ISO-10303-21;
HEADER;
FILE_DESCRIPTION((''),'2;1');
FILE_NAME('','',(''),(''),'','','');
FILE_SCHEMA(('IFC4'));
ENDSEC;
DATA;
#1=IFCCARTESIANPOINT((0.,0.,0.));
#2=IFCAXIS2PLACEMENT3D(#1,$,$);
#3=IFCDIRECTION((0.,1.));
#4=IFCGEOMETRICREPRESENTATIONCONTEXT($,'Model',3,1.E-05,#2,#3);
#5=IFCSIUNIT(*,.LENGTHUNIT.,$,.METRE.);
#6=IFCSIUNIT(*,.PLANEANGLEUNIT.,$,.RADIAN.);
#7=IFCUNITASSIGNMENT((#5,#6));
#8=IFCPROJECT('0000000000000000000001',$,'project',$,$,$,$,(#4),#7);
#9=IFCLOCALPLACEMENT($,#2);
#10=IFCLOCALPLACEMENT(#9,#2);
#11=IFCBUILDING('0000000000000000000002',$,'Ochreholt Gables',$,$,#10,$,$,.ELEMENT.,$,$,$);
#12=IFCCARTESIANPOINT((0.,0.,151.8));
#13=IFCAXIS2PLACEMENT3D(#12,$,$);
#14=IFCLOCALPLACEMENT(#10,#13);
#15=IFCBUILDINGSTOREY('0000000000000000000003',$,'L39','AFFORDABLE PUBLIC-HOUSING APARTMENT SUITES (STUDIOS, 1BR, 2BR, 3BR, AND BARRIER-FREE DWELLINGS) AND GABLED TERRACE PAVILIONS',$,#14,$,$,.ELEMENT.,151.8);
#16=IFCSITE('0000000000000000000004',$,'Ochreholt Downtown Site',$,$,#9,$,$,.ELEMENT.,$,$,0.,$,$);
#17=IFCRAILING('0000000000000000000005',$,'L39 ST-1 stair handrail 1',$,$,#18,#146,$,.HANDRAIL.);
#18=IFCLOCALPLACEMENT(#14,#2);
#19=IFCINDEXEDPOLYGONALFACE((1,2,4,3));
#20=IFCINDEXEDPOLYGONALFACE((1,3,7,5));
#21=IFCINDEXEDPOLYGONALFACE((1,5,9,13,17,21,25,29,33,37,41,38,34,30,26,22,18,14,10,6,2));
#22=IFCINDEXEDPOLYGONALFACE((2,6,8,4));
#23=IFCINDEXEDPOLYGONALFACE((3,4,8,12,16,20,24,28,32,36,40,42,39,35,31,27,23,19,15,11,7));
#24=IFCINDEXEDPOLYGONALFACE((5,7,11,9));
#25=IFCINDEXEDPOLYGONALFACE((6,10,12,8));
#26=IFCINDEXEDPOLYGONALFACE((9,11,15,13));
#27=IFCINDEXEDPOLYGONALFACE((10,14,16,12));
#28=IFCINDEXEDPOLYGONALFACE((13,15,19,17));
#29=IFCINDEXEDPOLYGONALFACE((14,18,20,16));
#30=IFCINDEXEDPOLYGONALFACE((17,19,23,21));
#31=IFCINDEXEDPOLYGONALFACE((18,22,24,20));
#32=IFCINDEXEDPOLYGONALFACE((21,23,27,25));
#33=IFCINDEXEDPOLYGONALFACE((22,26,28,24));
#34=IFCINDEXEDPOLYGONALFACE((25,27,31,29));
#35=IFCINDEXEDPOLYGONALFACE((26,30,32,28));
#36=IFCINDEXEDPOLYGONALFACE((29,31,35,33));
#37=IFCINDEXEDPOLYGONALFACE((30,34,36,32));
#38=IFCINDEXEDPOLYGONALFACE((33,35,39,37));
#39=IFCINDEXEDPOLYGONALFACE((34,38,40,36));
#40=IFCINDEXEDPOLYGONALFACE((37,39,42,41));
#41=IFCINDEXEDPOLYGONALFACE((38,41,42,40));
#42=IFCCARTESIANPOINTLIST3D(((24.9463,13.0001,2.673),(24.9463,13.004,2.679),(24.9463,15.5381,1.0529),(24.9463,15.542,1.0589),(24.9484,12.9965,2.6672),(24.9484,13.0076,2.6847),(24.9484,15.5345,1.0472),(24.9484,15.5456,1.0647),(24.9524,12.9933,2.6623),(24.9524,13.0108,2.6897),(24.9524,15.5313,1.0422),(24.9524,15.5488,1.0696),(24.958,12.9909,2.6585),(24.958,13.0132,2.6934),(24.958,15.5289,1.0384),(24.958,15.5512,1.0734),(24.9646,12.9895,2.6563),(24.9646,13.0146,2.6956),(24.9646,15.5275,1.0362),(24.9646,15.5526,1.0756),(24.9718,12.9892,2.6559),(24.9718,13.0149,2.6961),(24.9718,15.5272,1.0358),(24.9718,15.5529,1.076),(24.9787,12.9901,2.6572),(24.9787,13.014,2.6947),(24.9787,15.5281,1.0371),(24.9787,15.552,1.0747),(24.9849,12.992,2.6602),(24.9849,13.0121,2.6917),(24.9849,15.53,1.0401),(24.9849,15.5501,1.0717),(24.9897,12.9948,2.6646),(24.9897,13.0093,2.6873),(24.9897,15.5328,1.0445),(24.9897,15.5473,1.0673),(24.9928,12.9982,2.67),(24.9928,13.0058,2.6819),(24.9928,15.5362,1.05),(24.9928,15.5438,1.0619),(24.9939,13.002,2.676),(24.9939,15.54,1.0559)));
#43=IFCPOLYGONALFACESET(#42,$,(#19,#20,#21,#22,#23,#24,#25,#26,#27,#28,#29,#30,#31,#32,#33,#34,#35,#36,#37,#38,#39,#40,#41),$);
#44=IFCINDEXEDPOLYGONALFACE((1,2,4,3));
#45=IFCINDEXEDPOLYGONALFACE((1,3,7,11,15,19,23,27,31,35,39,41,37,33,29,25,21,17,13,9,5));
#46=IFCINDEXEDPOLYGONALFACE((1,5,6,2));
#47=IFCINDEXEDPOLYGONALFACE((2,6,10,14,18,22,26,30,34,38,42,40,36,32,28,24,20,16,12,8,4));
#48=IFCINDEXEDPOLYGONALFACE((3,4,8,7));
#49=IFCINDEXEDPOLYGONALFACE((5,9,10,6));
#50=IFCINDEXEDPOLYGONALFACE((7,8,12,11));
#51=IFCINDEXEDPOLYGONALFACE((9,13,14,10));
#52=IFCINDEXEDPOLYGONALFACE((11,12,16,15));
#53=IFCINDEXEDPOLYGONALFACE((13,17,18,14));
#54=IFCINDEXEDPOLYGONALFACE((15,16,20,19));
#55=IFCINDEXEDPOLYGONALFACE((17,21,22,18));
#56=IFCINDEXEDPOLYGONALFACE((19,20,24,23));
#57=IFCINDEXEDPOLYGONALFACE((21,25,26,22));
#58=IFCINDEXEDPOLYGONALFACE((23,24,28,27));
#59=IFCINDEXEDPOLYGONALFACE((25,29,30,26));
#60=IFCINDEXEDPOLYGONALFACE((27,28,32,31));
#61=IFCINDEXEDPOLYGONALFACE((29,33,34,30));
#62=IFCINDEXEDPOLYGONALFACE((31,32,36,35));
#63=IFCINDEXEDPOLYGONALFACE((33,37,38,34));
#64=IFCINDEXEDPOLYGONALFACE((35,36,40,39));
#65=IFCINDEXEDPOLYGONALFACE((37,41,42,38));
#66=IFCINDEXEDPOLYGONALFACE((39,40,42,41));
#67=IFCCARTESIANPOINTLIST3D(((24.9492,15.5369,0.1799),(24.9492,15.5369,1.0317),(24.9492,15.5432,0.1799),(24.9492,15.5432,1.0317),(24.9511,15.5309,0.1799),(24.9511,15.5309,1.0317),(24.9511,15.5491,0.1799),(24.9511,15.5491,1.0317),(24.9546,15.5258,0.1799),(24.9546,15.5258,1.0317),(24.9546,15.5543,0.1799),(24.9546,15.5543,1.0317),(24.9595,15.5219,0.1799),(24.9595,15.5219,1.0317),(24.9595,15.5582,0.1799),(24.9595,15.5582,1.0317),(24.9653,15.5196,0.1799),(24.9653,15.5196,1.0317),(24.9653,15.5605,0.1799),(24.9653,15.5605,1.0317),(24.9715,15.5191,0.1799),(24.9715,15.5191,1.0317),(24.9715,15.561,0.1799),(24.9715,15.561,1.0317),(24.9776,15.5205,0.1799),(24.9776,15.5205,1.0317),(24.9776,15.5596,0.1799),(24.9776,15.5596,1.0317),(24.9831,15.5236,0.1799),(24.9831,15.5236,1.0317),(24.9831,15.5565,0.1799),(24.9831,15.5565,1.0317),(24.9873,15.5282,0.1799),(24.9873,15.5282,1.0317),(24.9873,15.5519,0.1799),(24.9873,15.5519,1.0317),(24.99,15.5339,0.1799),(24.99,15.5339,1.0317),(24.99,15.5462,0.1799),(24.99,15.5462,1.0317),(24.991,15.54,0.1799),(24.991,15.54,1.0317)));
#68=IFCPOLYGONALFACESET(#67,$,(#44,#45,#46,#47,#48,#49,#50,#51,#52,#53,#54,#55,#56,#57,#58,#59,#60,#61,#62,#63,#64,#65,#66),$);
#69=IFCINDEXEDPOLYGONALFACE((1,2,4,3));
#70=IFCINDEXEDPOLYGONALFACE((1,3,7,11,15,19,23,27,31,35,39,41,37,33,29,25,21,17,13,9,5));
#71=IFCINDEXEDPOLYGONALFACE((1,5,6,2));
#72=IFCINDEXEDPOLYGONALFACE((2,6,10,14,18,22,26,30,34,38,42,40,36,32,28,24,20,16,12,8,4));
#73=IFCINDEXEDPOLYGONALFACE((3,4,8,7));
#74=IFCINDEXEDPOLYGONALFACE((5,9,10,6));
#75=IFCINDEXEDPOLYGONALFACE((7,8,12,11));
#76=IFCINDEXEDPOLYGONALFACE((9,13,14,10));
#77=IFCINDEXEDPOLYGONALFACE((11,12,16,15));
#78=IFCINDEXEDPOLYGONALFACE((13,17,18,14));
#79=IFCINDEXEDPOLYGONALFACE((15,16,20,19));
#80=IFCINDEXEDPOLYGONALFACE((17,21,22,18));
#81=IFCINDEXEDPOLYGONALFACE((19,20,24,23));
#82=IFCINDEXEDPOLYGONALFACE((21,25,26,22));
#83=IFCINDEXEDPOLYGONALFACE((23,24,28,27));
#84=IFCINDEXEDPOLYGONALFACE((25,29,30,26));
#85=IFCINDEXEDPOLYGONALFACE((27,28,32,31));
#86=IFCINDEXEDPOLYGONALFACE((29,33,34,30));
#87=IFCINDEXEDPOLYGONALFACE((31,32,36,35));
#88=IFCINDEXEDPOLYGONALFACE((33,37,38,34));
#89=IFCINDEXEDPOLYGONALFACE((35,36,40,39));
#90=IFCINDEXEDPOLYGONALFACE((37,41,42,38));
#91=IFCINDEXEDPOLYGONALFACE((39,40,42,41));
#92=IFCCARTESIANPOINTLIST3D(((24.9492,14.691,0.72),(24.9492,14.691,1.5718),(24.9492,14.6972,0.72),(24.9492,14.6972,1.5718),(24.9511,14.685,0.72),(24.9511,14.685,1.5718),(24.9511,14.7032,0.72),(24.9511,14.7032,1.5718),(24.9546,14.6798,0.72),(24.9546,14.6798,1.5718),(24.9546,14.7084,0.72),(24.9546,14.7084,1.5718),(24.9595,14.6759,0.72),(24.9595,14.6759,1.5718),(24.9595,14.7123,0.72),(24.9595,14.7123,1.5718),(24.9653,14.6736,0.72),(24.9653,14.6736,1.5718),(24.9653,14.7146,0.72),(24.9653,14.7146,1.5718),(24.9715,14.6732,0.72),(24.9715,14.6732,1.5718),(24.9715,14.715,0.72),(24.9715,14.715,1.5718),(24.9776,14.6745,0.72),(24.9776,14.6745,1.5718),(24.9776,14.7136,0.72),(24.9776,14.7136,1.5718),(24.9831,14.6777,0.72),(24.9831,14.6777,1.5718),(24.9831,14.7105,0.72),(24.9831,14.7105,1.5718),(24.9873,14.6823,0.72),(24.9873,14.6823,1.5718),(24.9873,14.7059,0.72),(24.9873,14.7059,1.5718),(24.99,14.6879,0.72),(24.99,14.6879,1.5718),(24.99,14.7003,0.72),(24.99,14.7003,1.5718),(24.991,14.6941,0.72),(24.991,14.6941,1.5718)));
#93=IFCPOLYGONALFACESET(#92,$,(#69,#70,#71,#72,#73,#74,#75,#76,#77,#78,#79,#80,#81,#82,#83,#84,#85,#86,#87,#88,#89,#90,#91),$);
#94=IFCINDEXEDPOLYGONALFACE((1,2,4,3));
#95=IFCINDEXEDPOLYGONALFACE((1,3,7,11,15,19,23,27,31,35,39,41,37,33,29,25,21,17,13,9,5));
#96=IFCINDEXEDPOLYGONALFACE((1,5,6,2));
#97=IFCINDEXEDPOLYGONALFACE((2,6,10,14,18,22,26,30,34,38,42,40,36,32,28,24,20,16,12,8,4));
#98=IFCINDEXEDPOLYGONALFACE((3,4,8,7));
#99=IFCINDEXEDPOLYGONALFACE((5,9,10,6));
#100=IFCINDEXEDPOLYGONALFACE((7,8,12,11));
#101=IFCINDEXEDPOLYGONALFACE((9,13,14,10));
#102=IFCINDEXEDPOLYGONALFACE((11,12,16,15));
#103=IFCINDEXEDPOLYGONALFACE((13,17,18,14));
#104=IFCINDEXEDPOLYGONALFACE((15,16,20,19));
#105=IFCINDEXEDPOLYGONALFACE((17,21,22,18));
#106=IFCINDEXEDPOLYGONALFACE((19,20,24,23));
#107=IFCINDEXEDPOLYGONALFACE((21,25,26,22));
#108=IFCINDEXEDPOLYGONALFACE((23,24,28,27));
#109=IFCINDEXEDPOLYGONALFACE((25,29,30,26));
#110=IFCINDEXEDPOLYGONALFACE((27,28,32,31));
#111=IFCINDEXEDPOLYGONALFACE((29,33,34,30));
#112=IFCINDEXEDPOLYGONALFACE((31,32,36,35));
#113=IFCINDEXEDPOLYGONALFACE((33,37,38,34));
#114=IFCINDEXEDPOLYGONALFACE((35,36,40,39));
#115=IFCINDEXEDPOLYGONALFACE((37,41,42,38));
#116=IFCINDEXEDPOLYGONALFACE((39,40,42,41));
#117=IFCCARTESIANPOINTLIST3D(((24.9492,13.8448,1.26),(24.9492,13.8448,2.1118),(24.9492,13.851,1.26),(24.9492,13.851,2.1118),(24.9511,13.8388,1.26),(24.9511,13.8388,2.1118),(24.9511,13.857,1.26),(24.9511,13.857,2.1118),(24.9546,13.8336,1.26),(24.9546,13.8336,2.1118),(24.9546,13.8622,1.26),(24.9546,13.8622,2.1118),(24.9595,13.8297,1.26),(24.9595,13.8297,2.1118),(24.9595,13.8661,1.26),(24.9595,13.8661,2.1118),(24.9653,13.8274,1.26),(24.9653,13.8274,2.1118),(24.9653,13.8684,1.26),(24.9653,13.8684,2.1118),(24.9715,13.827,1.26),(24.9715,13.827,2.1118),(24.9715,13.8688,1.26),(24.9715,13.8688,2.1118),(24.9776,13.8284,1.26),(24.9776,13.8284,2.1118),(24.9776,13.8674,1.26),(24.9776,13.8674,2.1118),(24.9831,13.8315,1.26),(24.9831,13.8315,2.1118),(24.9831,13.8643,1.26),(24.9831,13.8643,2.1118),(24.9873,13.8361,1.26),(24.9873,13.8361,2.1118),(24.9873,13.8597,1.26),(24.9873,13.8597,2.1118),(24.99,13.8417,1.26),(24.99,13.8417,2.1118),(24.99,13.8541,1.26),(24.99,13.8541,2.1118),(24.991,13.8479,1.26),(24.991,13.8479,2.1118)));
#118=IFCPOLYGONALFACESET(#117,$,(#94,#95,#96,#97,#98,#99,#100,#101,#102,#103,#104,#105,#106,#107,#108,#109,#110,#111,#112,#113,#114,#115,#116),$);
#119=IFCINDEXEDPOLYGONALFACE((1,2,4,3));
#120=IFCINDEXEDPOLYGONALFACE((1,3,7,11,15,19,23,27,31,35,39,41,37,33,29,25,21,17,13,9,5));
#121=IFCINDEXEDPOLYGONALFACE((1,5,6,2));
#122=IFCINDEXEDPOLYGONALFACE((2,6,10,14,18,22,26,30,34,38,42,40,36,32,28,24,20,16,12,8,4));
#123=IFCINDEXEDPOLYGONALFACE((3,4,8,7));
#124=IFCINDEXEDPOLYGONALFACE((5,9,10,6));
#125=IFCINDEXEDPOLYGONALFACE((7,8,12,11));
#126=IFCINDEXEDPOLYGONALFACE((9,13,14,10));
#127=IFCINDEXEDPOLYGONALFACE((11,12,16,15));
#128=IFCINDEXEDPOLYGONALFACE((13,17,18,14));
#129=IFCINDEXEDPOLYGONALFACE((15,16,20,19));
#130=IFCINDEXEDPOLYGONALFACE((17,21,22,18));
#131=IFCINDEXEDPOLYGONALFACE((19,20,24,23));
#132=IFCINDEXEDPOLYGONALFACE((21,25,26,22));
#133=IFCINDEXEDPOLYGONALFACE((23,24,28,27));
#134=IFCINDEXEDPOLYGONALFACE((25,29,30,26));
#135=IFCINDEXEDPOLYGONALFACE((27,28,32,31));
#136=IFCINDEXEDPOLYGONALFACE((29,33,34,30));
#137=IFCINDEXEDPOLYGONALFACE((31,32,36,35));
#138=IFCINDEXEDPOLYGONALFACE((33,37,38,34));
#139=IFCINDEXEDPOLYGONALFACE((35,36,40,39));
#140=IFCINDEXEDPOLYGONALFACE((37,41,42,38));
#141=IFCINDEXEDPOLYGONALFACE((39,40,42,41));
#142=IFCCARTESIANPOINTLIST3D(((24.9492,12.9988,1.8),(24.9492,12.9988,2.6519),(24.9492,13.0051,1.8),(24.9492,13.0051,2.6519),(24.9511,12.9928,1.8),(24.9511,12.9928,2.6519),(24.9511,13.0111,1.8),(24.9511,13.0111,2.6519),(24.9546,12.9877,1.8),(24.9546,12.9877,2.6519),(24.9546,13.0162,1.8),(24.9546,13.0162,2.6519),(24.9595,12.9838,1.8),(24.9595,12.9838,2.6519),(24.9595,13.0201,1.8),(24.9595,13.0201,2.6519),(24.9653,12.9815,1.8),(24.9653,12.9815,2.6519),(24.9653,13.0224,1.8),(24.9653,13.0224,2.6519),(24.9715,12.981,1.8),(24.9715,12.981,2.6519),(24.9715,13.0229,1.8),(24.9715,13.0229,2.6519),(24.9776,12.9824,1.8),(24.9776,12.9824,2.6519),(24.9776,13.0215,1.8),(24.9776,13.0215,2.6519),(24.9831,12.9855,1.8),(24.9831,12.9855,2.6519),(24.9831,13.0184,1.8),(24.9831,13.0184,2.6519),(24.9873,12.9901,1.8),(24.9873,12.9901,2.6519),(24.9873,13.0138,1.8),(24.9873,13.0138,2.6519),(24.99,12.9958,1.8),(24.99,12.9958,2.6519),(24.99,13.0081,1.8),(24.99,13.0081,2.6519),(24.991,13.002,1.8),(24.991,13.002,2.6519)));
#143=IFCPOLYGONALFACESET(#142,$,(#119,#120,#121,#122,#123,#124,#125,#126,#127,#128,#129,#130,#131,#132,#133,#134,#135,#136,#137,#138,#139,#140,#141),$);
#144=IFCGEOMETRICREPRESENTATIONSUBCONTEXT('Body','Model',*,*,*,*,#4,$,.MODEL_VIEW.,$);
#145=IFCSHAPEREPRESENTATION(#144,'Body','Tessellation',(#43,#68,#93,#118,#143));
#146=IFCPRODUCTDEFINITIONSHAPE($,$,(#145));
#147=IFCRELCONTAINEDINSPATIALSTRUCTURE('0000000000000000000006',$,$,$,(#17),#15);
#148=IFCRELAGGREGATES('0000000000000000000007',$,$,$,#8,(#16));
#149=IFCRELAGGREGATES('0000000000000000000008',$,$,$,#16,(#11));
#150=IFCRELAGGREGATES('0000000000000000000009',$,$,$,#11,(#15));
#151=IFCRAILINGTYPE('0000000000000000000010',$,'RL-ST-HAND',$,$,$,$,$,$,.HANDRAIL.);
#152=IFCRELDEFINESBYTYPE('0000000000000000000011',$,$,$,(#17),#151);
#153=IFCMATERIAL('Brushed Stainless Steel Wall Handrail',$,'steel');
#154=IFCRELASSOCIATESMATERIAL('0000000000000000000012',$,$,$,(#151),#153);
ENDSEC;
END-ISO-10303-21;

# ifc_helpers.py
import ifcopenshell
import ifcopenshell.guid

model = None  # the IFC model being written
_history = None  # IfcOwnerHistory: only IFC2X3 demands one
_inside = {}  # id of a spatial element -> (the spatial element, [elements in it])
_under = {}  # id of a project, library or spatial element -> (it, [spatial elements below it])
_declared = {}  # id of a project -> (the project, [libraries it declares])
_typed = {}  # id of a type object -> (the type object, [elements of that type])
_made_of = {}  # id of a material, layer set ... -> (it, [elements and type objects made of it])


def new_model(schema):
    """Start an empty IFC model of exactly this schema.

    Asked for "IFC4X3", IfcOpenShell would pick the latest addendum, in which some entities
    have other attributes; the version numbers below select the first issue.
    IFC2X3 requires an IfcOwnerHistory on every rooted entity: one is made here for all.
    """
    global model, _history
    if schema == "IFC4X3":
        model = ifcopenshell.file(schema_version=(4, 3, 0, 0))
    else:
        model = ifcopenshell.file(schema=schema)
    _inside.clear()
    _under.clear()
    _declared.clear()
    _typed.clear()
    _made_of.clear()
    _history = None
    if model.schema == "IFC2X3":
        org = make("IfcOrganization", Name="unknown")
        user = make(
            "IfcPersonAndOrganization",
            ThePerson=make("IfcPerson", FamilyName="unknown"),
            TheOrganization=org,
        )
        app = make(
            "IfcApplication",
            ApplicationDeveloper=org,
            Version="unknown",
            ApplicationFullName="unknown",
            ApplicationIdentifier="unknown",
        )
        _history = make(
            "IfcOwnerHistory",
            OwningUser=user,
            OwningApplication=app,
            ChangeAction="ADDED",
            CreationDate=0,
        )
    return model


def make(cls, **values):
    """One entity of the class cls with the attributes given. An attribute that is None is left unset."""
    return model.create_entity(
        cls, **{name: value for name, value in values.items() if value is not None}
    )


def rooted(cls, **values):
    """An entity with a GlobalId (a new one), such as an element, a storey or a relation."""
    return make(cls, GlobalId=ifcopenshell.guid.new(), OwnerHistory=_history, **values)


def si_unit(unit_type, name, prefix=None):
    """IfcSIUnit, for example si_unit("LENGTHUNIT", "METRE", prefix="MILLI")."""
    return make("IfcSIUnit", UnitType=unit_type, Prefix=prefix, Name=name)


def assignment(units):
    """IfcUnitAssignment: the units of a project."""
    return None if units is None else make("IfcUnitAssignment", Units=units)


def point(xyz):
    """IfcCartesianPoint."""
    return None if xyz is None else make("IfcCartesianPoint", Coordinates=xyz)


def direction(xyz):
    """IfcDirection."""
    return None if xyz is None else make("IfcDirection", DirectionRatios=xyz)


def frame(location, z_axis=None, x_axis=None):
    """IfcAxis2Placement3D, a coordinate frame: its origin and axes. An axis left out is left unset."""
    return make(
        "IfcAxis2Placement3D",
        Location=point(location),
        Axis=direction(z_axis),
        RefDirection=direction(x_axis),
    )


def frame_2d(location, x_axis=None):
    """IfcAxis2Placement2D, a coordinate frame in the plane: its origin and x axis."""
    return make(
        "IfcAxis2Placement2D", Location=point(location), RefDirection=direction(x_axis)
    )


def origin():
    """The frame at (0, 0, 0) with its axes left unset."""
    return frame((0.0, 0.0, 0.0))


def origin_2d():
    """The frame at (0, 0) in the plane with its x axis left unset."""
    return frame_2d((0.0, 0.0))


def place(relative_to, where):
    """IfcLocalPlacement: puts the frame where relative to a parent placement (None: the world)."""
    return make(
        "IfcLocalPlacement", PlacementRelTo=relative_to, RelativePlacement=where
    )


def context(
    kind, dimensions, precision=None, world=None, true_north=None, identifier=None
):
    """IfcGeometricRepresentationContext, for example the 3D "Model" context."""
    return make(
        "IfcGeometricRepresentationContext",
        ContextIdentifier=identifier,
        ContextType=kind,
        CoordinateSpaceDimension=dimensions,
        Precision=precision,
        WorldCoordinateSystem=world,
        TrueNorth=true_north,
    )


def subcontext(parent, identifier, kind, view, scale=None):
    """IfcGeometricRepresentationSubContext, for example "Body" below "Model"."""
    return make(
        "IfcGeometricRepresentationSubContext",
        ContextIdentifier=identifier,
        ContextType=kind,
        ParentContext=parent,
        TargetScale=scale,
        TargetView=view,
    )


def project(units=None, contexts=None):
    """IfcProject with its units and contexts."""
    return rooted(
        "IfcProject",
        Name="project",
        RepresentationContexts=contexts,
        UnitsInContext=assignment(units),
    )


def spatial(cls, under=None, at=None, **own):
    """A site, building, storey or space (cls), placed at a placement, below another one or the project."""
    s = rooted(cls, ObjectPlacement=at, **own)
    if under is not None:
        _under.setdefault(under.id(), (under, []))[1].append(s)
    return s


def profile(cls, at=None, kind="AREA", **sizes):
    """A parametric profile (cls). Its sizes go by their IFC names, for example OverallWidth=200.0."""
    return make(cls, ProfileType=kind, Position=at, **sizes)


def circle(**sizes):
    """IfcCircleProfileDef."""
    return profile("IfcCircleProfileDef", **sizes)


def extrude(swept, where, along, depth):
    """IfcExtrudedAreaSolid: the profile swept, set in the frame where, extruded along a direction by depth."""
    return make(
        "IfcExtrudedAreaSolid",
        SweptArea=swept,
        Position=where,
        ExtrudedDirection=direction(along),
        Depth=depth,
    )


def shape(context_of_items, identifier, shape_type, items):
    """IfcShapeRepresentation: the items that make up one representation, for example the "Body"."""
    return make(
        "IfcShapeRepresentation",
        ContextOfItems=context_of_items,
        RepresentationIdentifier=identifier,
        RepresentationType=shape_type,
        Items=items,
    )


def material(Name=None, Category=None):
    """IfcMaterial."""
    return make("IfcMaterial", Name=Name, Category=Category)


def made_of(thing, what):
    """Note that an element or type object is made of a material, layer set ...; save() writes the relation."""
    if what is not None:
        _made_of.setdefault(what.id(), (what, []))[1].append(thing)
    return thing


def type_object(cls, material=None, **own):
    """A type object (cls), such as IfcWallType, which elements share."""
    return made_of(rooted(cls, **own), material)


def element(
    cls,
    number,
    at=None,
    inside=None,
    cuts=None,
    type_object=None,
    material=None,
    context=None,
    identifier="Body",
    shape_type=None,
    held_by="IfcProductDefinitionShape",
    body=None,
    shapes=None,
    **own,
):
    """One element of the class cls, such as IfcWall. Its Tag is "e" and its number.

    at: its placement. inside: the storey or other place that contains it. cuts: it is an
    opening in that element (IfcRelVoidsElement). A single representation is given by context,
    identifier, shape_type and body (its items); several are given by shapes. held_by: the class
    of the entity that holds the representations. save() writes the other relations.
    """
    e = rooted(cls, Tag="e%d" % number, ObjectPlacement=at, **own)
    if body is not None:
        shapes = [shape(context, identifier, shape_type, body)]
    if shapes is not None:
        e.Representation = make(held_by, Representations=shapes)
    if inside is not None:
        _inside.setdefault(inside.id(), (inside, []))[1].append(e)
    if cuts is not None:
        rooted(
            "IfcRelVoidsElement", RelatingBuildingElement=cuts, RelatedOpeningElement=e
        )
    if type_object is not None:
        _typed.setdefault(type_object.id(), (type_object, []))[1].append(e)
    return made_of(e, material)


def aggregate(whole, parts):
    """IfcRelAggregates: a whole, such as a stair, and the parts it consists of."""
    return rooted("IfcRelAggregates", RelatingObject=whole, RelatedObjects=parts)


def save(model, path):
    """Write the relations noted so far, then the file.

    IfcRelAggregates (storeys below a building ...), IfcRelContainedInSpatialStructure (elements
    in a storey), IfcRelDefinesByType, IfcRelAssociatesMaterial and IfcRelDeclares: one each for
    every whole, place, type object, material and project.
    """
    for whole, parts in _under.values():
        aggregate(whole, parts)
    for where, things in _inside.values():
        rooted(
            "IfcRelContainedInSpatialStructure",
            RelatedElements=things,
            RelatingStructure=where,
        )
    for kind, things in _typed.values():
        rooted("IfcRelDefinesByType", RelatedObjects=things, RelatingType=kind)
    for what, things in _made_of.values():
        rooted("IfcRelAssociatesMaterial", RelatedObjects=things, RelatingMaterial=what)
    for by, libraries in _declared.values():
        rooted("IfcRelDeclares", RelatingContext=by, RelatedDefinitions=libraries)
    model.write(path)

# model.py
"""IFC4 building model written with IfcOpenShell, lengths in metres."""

from ifc_helpers import new_model, si_unit, direction, frame, origin, origin_2d, place, context, subcontext, project, spatial, circle, extrude, material, type_object, element, save


model = new_model("IFC4")

# Units and contexts
model_context = context("Model", 3, precision=1e-05, world=origin(), true_north=direction((0.0, 1.0)))
body_context = subcontext(model_context, "Body", "Model", "MODEL_VIEW")
ifc_project = project(units=[si_unit("LENGTHUNIT", "METRE"), si_unit("PLANEANGLEUNIT", "RADIAN")], contexts=[model_context])

# Site, building, storey
site_placement = place(None, origin())
site = spatial("IfcSite", under=ifc_project, at=site_placement, Name="Ochreholt Downtown Site", CompositionType="ELEMENT", RefElevation=0.0)
building_placement = place(site_placement, origin())
building = spatial("IfcBuilding", under=site, at=building_placement, Name="Ochreholt Gables", CompositionType="ELEMENT")
storey_placement = place(building_placement, frame((0.0, 0.0, 151.8)))
storey = spatial("IfcBuildingStorey", under=building, at=storey_placement, Name="L39", Description="AFFORDABLE PUBLIC-HOUSING APARTMENT SUITES (STUDIOS, 1BR, 2BR, 3BR, AND BARRIER-FREE DWELLINGS) AND GABLED TERRACE PAVILIONS", CompositionType="ELEMENT", Elevation=151.8)

# Railing
ifc_material_1 = material(Name="Brushed Stainless Steel Wall Handrail", Category="steel")
railing_type_1 = type_object("IfcRailingType", Name="RL-ST-HAND", PredefinedType="HANDRAIL", material=ifc_material_1)
railing_1_placement = place(storey_placement, frame((24.97, 15.54, 0.1799)))
element("IfcRailing", 1, at=railing_1_placement, inside=storey, type_object=railing_type_1, Name="L39 ST-1 stair handrail 1", PredefinedType="HANDRAIL", context=body_context, shape_type="SweptSolid", body=[
    extrude(circle(Radius=0.0239, at=origin_2d()), frame((0.0, 0.0, 0.876), z_axis=(0.0, -0.842913, 0.53805), x_axis=(1.0, 0.0, 0.0)), (0.0, 0.0, 1.0), 3.011),
    extrude(circle(Radius=0.021, at=origin_2d()), origin(), (0.0, 0.0, 1.0), 0.8518),
    extrude(circle(Radius=0.021, at=origin_2d()), frame((0.0, -0.8459, 0.54)), (0.0, 0.0, 1.0), 0.8518),
    extrude(circle(Radius=0.021, at=origin_2d()), frame((0.0, -1.6921, 1.0801)), (0.0, 0.0, 1.0), 0.8518),
    extrude(circle(Radius=0.021, at=origin_2d()), frame((0.0, -2.5381, 1.6201)), (0.0, 0.0, 1.0), 0.8518),
])

save(model, "model.ifc")
